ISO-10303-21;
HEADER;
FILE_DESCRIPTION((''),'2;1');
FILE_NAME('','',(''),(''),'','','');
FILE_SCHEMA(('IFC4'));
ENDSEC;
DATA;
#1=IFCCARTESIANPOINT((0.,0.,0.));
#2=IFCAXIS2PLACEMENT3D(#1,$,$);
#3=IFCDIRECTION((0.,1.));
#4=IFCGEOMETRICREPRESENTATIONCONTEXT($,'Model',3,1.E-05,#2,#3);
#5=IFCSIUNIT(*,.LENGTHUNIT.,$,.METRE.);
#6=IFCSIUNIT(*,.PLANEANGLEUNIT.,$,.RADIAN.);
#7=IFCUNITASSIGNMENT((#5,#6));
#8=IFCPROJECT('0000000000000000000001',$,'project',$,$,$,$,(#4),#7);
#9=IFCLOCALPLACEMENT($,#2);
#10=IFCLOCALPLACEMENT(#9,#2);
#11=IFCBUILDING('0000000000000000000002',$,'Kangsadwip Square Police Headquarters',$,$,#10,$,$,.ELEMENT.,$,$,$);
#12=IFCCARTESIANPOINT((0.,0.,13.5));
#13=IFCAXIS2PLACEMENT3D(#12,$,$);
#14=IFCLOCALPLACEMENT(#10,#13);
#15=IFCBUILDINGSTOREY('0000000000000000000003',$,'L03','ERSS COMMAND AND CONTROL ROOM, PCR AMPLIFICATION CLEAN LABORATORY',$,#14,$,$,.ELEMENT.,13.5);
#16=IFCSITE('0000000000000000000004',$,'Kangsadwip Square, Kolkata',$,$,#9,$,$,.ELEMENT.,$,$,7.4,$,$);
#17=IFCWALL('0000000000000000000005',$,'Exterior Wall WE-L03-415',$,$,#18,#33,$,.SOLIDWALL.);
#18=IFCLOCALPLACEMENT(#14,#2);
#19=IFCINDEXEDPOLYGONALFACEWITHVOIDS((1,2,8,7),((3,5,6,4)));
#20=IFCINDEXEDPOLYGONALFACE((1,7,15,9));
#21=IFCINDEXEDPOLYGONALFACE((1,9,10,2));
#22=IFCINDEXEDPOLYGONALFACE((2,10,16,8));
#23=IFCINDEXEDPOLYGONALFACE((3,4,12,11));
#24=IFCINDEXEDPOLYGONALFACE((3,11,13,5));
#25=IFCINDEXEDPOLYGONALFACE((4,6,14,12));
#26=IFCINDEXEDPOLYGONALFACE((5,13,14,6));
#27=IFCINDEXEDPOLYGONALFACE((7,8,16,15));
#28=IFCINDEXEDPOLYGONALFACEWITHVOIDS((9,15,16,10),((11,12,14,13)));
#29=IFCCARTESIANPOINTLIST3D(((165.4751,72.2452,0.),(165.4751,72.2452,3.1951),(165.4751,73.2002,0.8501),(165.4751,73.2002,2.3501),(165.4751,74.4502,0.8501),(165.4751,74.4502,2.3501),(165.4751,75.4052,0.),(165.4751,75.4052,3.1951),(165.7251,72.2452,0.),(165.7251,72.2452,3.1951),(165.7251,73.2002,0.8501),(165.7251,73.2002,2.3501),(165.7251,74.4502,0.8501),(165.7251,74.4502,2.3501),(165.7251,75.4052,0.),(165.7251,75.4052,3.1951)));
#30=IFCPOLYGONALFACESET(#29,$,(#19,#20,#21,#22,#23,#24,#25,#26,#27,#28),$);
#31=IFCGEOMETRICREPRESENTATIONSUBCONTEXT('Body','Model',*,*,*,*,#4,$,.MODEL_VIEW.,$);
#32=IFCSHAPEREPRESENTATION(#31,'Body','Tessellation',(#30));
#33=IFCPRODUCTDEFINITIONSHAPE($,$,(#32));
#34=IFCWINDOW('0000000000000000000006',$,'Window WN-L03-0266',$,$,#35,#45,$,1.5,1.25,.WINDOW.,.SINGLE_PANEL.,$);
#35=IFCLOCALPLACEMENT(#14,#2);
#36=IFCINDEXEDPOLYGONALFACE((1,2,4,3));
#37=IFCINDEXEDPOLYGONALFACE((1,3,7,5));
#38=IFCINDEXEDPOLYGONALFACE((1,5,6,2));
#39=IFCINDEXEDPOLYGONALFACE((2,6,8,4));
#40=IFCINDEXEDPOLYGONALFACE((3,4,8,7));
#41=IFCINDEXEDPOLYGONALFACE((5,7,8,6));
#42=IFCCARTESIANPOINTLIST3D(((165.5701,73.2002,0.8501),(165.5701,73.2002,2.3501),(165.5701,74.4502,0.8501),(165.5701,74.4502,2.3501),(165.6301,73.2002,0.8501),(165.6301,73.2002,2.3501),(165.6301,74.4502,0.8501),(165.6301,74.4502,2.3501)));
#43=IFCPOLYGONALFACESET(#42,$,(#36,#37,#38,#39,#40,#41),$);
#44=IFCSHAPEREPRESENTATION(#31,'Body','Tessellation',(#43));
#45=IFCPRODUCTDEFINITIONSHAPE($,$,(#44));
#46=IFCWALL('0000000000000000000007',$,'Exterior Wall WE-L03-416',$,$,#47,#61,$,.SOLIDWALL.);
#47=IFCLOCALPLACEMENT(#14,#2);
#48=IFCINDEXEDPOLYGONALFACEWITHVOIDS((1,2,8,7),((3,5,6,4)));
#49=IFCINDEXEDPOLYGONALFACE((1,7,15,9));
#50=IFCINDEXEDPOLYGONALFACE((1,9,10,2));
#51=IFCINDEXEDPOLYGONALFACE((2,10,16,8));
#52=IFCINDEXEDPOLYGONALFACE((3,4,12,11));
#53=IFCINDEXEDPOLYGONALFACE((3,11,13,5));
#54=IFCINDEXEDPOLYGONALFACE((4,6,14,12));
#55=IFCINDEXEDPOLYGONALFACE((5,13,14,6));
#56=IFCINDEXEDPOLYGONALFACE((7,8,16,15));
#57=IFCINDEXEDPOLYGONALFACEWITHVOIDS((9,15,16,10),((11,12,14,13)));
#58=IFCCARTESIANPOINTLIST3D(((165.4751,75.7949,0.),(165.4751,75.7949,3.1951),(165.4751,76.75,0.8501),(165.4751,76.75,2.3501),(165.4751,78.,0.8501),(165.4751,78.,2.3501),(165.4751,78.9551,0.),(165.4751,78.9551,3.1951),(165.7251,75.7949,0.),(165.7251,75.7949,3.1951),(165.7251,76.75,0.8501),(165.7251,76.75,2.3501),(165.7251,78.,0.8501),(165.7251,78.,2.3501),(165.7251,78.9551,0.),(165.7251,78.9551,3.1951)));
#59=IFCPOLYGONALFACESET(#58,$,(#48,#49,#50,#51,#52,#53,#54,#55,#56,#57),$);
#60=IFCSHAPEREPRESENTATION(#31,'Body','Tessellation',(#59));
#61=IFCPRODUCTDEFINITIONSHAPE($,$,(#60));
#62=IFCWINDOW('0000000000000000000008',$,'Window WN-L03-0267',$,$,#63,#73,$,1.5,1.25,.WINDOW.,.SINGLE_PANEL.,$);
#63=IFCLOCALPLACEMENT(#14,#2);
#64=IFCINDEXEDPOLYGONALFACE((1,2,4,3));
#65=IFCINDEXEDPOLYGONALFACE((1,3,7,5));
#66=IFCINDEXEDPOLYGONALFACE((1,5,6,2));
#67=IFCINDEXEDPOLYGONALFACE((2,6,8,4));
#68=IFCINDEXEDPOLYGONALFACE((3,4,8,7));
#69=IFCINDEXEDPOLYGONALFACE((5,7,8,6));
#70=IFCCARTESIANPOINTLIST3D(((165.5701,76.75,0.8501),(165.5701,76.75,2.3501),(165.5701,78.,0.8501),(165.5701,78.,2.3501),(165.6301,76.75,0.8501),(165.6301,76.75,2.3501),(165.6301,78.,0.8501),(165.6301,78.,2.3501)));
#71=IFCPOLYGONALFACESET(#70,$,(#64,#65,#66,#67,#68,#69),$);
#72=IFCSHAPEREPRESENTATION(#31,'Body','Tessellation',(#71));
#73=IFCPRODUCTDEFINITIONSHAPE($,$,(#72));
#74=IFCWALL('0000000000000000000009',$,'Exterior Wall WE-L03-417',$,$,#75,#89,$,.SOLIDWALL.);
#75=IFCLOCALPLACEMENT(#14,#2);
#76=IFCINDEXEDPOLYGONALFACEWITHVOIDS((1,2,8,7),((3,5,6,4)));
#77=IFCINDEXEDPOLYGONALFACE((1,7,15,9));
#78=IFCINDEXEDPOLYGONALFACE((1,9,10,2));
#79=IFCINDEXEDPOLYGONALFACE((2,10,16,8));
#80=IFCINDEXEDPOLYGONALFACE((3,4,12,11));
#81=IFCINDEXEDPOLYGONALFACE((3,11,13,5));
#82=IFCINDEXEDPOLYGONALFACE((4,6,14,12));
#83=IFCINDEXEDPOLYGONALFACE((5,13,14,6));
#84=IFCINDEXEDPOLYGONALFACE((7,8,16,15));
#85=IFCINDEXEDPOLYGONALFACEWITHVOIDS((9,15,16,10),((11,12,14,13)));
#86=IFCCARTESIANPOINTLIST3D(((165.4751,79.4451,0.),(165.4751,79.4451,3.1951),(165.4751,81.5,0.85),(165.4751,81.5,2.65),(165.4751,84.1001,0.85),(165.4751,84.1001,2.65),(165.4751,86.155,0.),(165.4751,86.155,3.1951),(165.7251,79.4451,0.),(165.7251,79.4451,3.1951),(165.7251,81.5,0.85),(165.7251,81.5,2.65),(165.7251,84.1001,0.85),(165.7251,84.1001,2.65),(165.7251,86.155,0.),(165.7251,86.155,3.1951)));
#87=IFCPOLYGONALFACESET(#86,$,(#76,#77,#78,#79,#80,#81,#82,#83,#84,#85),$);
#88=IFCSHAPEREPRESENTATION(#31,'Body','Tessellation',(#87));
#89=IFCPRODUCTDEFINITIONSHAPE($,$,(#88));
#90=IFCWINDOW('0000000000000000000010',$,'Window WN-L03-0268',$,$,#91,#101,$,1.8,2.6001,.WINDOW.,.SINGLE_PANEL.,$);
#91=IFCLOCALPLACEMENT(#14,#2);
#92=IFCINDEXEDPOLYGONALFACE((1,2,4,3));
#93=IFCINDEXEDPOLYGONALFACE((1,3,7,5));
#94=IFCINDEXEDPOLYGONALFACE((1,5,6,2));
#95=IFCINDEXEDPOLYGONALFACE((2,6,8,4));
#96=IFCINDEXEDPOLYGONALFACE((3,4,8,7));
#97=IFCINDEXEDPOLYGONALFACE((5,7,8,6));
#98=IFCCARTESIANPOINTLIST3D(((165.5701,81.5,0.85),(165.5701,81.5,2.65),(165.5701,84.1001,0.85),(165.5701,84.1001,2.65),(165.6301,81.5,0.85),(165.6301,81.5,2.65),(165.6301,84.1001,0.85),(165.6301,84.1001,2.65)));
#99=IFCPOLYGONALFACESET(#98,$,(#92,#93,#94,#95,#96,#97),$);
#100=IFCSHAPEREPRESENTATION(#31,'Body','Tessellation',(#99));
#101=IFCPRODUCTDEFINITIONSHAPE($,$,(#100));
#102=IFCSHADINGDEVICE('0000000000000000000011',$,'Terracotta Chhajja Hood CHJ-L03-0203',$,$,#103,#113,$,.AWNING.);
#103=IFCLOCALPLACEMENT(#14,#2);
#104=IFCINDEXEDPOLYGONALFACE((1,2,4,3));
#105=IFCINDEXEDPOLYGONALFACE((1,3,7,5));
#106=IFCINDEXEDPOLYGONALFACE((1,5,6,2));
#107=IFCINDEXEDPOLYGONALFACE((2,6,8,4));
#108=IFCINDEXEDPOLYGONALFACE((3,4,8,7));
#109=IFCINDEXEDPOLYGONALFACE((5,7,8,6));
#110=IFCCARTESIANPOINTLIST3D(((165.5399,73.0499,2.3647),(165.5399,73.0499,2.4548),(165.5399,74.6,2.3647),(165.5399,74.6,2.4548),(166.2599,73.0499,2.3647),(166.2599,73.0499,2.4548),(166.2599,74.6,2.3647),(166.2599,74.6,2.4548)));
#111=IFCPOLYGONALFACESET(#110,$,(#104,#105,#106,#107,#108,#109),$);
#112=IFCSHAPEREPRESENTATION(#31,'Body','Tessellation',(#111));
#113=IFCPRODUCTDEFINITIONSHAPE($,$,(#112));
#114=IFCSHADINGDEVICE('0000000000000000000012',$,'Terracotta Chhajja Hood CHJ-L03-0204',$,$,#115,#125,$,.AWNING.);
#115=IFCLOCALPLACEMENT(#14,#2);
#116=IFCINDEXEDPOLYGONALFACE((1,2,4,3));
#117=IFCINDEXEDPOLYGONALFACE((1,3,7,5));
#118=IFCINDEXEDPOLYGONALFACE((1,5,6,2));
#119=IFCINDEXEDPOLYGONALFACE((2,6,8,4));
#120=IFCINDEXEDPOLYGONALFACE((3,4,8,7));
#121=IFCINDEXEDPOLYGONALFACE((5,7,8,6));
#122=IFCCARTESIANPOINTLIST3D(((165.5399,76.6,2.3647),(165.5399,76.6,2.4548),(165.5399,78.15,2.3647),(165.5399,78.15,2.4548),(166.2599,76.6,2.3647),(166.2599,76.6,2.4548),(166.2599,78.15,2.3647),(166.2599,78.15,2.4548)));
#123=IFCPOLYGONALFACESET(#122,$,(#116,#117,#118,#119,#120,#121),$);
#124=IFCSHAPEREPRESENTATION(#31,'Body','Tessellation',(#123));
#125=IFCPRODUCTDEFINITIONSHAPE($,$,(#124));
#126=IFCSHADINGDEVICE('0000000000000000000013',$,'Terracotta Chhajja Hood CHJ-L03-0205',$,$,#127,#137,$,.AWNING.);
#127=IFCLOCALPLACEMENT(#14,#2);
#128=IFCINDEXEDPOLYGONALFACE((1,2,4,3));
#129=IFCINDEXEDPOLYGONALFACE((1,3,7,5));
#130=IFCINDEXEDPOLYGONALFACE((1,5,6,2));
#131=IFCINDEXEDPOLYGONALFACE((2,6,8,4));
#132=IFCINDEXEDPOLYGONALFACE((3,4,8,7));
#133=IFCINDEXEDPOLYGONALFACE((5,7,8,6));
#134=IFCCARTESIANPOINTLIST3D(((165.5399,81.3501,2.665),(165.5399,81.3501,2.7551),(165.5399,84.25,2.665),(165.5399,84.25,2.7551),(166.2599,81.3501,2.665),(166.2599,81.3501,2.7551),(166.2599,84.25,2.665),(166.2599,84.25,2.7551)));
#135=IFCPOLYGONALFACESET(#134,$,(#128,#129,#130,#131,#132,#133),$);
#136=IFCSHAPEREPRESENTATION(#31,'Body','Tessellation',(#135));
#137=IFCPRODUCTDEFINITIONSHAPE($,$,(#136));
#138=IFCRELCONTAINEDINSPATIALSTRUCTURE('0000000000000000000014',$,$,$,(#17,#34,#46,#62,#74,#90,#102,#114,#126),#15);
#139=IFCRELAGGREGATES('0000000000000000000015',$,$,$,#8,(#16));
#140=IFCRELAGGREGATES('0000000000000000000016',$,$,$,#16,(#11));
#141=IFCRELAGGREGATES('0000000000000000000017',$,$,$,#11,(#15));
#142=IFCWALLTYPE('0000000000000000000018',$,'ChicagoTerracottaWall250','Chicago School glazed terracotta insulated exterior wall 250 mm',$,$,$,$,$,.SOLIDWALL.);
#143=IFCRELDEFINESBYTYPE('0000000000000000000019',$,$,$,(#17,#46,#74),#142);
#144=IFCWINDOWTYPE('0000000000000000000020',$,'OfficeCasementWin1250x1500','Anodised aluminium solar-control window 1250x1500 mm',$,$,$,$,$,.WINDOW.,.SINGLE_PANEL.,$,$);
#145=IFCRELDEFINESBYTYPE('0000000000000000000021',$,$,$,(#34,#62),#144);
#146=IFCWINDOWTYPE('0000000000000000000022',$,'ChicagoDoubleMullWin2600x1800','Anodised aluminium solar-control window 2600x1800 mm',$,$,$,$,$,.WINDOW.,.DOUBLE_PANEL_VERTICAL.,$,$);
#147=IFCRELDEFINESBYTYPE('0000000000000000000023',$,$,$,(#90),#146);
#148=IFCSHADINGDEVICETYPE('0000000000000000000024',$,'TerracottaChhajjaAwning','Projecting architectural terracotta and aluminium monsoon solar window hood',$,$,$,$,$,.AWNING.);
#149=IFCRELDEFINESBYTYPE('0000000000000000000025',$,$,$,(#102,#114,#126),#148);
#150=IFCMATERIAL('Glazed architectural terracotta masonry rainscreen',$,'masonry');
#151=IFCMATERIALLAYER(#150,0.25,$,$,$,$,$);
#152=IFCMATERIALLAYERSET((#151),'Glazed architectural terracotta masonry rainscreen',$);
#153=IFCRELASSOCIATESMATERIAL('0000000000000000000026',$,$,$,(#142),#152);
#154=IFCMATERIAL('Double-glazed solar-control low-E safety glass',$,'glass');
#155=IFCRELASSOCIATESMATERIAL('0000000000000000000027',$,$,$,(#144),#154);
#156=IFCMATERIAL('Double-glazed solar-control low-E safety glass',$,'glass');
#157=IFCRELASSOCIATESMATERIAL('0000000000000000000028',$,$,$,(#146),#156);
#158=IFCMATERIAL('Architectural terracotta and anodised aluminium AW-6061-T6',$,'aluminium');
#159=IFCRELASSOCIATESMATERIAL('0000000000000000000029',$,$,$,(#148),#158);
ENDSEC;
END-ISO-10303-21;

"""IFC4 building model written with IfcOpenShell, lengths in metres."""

from ifc_helpers import new_model, si_unit, direction, frame, frame_2d, origin, origin_2d, place, context, subcontext, project, spatial, rectangle, extrude, material, layer, layer_set, type_object, element, fill, save


model = new_model("IFC4")

# Units and contexts
model_context = context("Model", 3, precision=1e-05, world=origin(), true_north=direction((0.0, 1.0)))
body_context = subcontext(model_context, "Body", "Model", "MODEL_VIEW")
ifc_project = project(units=[si_unit("LENGTHUNIT", "METRE"), si_unit("PLANEANGLEUNIT", "RADIAN")], contexts=[model_context])

# Site, building, storey
site_placement = place(None, origin())
site = spatial("IfcSite", under=ifc_project, at=site_placement, Name="Kangsadwip Square, Kolkata", CompositionType="ELEMENT", RefElevation=7.4)
building_placement = place(site_placement, origin())
building = spatial("IfcBuilding", under=site, at=building_placement, Name="Kangsadwip Square Police Headquarters", CompositionType="ELEMENT")
storey_placement = place(building_placement, frame((0.0, 0.0, 13.5)))
storey = spatial("IfcBuildingStorey", under=building, at=storey_placement, Name="L03", Description="ERSS COMMAND AND CONTROL ROOM, PCR AMPLIFICATION CLEAN LABORATORY", CompositionType="ELEMENT", Elevation=13.5)

# Walls, openings, windows
ifc_material_1 = material(Name="Glazed architectural terracotta masonry rainscreen", Category="masonry")
ifc_layer_1 = layer(ifc_material_1, 0.25)
ifc_layer_set_1 = layer_set([ifc_layer_1], Name="Glazed architectural terracotta masonry rainscreen")
wall_type = type_object("IfcWallType", Name="ChicagoTerracottaWall250", Description="Chicago School glazed terracotta insulated exterior wall 250 mm", PredefinedType="SOLIDWALL", material=ifc_layer_set_1)
wall_1_placement = place(storey_placement, frame((165.6001, 72.2451, 0.0), z_axis=(0.0, 0.0, 1.0), x_axis=(0.0, 1.0, 0.0)))
wall_1 = element("IfcWall", 1, at=wall_1_placement, inside=storey, type_object=wall_type, Name="Exterior Wall WE-L03-415", PredefinedType="SOLIDWALL", context=body_context, shape_type="SweptSolid", body=[
    extrude(rectangle(XDim=3.1599, YDim=0.25, at=frame_2d((1.5801, 0.0))), origin(), (0.0, 0.0, 1.0), 3.1951),
])
opening_1_placement = place(wall_1_placement, frame((0.9551, 0.0, 0.8501)))
opening_1 = element("IfcOpeningElement", 2, at=opening_1_placement, cuts=wall_1, PredefinedType="OPENING", context=body_context, shape_type="SweptSolid", body=[
    extrude(rectangle(XDim=1.25, YDim=1.5, at=frame_2d((0.625, 0.75))), frame((0.0, 0.135, 0.0), z_axis=(0.0, -1.0, 0.0), x_axis=(1.0, 0.0, 0.0)), (0.0, 0.0, 1.0), 0.27),
])
ifc_material_2 = material(Name="Double-glazed solar-control low-E safety glass", Category="glass")
window_type_1 = type_object("IfcWindowType", Name="OfficeCasementWin1250x1500", Description="Anodised aluminium solar-control window 1250x1500 mm", PartitioningType="SINGLE_PANEL", PredefinedType="WINDOW", material=ifc_material_2)
window_1_placement = place(opening_1_placement, origin())
window_1 = element("IfcWindow", 3, at=window_1_placement, inside=storey, type_object=window_type_1, Name="Window WN-L03-0266", OverallHeight=1.5, OverallWidth=1.25, PartitioningType="SINGLE_PANEL", PredefinedType="WINDOW", context=body_context, shape_type="SweptSolid", body=[
    extrude(rectangle(XDim=1.25, YDim=1.5, at=frame_2d((0.625, 0.75))), frame((0.0, 0.03, 0.0), z_axis=(0.0, -1.0, 0.0), x_axis=(1.0, 0.0, 0.0)), (0.0, 0.0, 1.0), 0.0601),
])
fill(opening_1, window_1)
wall_2_placement = place(storey_placement, frame((165.6001, 75.7949, 0.0), z_axis=(0.0, 0.0, 1.0), x_axis=(0.0, 1.0, 0.0)))
wall_2 = element("IfcWall", 4, at=wall_2_placement, inside=storey, type_object=wall_type, Name="Exterior Wall WE-L03-416", PredefinedType="SOLIDWALL", context=body_context, shape_type="SweptSolid", body=[
    extrude(rectangle(XDim=3.1602, YDim=0.25, at=frame_2d((1.5801, 0.0))), origin(), (0.0, 0.0, 1.0), 3.1951),
])
opening_2_placement = place(wall_2_placement, frame((0.9551, 0.0, 0.8501)))
opening_2 = element("IfcOpeningElement", 5, at=opening_2_placement, cuts=wall_2, PredefinedType="OPENING", context=body_context, shape_type="SweptSolid", body=[
    extrude(rectangle(XDim=1.25, YDim=1.5, at=frame_2d((0.625, 0.75))), frame((0.0, 0.135, 0.0), z_axis=(0.0, -1.0, 0.0), x_axis=(1.0, 0.0, 0.0)), (0.0, 0.0, 1.0), 0.27),
])
window_2_placement = place(opening_2_placement, origin())
window_2 = element("IfcWindow", 6, at=window_2_placement, inside=storey, type_object=window_type_1, Name="Window WN-L03-0267", OverallHeight=1.5, OverallWidth=1.25, PartitioningType="SINGLE_PANEL", PredefinedType="WINDOW", context=body_context, shape_type="SweptSolid", body=[
    extrude(rectangle(XDim=1.25, YDim=1.5, at=frame_2d((0.625, 0.75))), frame((0.0, 0.03, 0.0), z_axis=(0.0, -1.0, 0.0), x_axis=(1.0, 0.0, 0.0)), (0.0, 0.0, 1.0), 0.0601),
])
fill(opening_2, window_2)
wall_3_placement = place(storey_placement, frame((165.6001, 79.4451, 0.0), z_axis=(0.0, 0.0, 1.0), x_axis=(0.0, 1.0, 0.0)))
wall_3 = element("IfcWall", 7, at=wall_3_placement, inside=storey, type_object=wall_type, Name="Exterior Wall WE-L03-417", PredefinedType="SOLIDWALL", context=body_context, shape_type="SweptSolid", body=[
    extrude(rectangle(XDim=6.71, YDim=0.25, at=frame_2d((3.355, 0.0))), origin(), (0.0, 0.0, 1.0), 3.1951),
])
opening_3_placement = place(wall_3_placement, frame((2.0549, 0.0, 0.8501)))
opening_3 = element("IfcOpeningElement", 8, at=opening_3_placement, cuts=wall_3, PredefinedType="OPENING", context=body_context, shape_type="SweptSolid", body=[
    extrude(rectangle(XDim=2.6001, YDim=1.8, at=frame_2d((1.3, 0.8999))), frame((0.0, 0.135, 0.0), z_axis=(0.0, -1.0, 0.0), x_axis=(1.0, 0.0, 0.0)), (0.0, 0.0, 1.0), 0.27),
])
ifc_material_3 = material(Name="Double-glazed solar-control low-E safety glass", Category="glass")
window_type_2 = type_object("IfcWindowType", Name="ChicagoDoubleMullWin2600x1800", Description="Anodised aluminium solar-control window 2600x1800 mm", PartitioningType="DOUBLE_PANEL_VERTICAL", PredefinedType="WINDOW", material=ifc_material_3)
window_3_placement = place(opening_3_placement, origin())
window_3 = element("IfcWindow", 9, at=window_3_placement, inside=storey, type_object=window_type_2, Name="Window WN-L03-0268", OverallHeight=1.8, OverallWidth=2.6001, PartitioningType="SINGLE_PANEL", PredefinedType="WINDOW", context=body_context, shape_type="SweptSolid", body=[
    extrude(rectangle(XDim=2.6001, YDim=1.8, at=frame_2d((1.3, 0.8999))), frame((0.0, 0.03, 0.0), z_axis=(0.0, -1.0, 0.0), x_axis=(1.0, 0.0, 0.0)), (0.0, 0.0, 1.0), 0.0601),
])
fill(opening_3, window_3)

# Shading devices
ifc_material_4 = material(Name="Architectural terracotta and anodised aluminium AW-6061-T6", Category="aluminium")
shading_device_type = type_object("IfcShadingDeviceType", Name="TerracottaChhajjaAwning", Description="Projecting architectural terracotta and aluminium monsoon solar window hood", PredefinedType="AWNING", material=ifc_material_4)
for number, where, z_axis, x_axis, name in (
    (10, (165.8999, 73.825, 2.3647), (0.0, 0.0, 1.0), (0.0, 1.0, 0.0), "Terracotta Chhajja Hood CHJ-L03-0203"),
    (11, (165.8999, 77.375, 2.3647), (0.0, 0.0, 1.0), (0.0, 1.0, 0.0), "Terracotta Chhajja Hood CHJ-L03-0204"),
):
    element("IfcShadingDevice", number, at=place(storey_placement, frame(where, z_axis=z_axis, x_axis=x_axis)), inside=storey, type_object=shading_device_type, Name=name, PredefinedType="AWNING", context=body_context, shape_type="SweptSolid", body=[
        extrude(rectangle(XDim=1.55, YDim=0.72, at=origin_2d()), origin(), (0.0, 0.0, 1.0), 0.0901),
    ])
shading_device_placement = place(storey_placement, frame((165.8999, 82.8, 2.665), z_axis=(0.0, 0.0, 1.0), x_axis=(0.0, 1.0, 0.0)))
element("IfcShadingDevice", 12, at=shading_device_placement, inside=storey, type_object=shading_device_type, Name="Terracotta Chhajja Hood CHJ-L03-0205", PredefinedType="AWNING", context=body_context, shape_type="SweptSolid", body=[
    extrude(rectangle(XDim=2.8999, YDim=0.72, at=origin_2d()), origin(), (0.0, 0.0, 1.0), 0.0901),
])

save(model, "model.ifc")
